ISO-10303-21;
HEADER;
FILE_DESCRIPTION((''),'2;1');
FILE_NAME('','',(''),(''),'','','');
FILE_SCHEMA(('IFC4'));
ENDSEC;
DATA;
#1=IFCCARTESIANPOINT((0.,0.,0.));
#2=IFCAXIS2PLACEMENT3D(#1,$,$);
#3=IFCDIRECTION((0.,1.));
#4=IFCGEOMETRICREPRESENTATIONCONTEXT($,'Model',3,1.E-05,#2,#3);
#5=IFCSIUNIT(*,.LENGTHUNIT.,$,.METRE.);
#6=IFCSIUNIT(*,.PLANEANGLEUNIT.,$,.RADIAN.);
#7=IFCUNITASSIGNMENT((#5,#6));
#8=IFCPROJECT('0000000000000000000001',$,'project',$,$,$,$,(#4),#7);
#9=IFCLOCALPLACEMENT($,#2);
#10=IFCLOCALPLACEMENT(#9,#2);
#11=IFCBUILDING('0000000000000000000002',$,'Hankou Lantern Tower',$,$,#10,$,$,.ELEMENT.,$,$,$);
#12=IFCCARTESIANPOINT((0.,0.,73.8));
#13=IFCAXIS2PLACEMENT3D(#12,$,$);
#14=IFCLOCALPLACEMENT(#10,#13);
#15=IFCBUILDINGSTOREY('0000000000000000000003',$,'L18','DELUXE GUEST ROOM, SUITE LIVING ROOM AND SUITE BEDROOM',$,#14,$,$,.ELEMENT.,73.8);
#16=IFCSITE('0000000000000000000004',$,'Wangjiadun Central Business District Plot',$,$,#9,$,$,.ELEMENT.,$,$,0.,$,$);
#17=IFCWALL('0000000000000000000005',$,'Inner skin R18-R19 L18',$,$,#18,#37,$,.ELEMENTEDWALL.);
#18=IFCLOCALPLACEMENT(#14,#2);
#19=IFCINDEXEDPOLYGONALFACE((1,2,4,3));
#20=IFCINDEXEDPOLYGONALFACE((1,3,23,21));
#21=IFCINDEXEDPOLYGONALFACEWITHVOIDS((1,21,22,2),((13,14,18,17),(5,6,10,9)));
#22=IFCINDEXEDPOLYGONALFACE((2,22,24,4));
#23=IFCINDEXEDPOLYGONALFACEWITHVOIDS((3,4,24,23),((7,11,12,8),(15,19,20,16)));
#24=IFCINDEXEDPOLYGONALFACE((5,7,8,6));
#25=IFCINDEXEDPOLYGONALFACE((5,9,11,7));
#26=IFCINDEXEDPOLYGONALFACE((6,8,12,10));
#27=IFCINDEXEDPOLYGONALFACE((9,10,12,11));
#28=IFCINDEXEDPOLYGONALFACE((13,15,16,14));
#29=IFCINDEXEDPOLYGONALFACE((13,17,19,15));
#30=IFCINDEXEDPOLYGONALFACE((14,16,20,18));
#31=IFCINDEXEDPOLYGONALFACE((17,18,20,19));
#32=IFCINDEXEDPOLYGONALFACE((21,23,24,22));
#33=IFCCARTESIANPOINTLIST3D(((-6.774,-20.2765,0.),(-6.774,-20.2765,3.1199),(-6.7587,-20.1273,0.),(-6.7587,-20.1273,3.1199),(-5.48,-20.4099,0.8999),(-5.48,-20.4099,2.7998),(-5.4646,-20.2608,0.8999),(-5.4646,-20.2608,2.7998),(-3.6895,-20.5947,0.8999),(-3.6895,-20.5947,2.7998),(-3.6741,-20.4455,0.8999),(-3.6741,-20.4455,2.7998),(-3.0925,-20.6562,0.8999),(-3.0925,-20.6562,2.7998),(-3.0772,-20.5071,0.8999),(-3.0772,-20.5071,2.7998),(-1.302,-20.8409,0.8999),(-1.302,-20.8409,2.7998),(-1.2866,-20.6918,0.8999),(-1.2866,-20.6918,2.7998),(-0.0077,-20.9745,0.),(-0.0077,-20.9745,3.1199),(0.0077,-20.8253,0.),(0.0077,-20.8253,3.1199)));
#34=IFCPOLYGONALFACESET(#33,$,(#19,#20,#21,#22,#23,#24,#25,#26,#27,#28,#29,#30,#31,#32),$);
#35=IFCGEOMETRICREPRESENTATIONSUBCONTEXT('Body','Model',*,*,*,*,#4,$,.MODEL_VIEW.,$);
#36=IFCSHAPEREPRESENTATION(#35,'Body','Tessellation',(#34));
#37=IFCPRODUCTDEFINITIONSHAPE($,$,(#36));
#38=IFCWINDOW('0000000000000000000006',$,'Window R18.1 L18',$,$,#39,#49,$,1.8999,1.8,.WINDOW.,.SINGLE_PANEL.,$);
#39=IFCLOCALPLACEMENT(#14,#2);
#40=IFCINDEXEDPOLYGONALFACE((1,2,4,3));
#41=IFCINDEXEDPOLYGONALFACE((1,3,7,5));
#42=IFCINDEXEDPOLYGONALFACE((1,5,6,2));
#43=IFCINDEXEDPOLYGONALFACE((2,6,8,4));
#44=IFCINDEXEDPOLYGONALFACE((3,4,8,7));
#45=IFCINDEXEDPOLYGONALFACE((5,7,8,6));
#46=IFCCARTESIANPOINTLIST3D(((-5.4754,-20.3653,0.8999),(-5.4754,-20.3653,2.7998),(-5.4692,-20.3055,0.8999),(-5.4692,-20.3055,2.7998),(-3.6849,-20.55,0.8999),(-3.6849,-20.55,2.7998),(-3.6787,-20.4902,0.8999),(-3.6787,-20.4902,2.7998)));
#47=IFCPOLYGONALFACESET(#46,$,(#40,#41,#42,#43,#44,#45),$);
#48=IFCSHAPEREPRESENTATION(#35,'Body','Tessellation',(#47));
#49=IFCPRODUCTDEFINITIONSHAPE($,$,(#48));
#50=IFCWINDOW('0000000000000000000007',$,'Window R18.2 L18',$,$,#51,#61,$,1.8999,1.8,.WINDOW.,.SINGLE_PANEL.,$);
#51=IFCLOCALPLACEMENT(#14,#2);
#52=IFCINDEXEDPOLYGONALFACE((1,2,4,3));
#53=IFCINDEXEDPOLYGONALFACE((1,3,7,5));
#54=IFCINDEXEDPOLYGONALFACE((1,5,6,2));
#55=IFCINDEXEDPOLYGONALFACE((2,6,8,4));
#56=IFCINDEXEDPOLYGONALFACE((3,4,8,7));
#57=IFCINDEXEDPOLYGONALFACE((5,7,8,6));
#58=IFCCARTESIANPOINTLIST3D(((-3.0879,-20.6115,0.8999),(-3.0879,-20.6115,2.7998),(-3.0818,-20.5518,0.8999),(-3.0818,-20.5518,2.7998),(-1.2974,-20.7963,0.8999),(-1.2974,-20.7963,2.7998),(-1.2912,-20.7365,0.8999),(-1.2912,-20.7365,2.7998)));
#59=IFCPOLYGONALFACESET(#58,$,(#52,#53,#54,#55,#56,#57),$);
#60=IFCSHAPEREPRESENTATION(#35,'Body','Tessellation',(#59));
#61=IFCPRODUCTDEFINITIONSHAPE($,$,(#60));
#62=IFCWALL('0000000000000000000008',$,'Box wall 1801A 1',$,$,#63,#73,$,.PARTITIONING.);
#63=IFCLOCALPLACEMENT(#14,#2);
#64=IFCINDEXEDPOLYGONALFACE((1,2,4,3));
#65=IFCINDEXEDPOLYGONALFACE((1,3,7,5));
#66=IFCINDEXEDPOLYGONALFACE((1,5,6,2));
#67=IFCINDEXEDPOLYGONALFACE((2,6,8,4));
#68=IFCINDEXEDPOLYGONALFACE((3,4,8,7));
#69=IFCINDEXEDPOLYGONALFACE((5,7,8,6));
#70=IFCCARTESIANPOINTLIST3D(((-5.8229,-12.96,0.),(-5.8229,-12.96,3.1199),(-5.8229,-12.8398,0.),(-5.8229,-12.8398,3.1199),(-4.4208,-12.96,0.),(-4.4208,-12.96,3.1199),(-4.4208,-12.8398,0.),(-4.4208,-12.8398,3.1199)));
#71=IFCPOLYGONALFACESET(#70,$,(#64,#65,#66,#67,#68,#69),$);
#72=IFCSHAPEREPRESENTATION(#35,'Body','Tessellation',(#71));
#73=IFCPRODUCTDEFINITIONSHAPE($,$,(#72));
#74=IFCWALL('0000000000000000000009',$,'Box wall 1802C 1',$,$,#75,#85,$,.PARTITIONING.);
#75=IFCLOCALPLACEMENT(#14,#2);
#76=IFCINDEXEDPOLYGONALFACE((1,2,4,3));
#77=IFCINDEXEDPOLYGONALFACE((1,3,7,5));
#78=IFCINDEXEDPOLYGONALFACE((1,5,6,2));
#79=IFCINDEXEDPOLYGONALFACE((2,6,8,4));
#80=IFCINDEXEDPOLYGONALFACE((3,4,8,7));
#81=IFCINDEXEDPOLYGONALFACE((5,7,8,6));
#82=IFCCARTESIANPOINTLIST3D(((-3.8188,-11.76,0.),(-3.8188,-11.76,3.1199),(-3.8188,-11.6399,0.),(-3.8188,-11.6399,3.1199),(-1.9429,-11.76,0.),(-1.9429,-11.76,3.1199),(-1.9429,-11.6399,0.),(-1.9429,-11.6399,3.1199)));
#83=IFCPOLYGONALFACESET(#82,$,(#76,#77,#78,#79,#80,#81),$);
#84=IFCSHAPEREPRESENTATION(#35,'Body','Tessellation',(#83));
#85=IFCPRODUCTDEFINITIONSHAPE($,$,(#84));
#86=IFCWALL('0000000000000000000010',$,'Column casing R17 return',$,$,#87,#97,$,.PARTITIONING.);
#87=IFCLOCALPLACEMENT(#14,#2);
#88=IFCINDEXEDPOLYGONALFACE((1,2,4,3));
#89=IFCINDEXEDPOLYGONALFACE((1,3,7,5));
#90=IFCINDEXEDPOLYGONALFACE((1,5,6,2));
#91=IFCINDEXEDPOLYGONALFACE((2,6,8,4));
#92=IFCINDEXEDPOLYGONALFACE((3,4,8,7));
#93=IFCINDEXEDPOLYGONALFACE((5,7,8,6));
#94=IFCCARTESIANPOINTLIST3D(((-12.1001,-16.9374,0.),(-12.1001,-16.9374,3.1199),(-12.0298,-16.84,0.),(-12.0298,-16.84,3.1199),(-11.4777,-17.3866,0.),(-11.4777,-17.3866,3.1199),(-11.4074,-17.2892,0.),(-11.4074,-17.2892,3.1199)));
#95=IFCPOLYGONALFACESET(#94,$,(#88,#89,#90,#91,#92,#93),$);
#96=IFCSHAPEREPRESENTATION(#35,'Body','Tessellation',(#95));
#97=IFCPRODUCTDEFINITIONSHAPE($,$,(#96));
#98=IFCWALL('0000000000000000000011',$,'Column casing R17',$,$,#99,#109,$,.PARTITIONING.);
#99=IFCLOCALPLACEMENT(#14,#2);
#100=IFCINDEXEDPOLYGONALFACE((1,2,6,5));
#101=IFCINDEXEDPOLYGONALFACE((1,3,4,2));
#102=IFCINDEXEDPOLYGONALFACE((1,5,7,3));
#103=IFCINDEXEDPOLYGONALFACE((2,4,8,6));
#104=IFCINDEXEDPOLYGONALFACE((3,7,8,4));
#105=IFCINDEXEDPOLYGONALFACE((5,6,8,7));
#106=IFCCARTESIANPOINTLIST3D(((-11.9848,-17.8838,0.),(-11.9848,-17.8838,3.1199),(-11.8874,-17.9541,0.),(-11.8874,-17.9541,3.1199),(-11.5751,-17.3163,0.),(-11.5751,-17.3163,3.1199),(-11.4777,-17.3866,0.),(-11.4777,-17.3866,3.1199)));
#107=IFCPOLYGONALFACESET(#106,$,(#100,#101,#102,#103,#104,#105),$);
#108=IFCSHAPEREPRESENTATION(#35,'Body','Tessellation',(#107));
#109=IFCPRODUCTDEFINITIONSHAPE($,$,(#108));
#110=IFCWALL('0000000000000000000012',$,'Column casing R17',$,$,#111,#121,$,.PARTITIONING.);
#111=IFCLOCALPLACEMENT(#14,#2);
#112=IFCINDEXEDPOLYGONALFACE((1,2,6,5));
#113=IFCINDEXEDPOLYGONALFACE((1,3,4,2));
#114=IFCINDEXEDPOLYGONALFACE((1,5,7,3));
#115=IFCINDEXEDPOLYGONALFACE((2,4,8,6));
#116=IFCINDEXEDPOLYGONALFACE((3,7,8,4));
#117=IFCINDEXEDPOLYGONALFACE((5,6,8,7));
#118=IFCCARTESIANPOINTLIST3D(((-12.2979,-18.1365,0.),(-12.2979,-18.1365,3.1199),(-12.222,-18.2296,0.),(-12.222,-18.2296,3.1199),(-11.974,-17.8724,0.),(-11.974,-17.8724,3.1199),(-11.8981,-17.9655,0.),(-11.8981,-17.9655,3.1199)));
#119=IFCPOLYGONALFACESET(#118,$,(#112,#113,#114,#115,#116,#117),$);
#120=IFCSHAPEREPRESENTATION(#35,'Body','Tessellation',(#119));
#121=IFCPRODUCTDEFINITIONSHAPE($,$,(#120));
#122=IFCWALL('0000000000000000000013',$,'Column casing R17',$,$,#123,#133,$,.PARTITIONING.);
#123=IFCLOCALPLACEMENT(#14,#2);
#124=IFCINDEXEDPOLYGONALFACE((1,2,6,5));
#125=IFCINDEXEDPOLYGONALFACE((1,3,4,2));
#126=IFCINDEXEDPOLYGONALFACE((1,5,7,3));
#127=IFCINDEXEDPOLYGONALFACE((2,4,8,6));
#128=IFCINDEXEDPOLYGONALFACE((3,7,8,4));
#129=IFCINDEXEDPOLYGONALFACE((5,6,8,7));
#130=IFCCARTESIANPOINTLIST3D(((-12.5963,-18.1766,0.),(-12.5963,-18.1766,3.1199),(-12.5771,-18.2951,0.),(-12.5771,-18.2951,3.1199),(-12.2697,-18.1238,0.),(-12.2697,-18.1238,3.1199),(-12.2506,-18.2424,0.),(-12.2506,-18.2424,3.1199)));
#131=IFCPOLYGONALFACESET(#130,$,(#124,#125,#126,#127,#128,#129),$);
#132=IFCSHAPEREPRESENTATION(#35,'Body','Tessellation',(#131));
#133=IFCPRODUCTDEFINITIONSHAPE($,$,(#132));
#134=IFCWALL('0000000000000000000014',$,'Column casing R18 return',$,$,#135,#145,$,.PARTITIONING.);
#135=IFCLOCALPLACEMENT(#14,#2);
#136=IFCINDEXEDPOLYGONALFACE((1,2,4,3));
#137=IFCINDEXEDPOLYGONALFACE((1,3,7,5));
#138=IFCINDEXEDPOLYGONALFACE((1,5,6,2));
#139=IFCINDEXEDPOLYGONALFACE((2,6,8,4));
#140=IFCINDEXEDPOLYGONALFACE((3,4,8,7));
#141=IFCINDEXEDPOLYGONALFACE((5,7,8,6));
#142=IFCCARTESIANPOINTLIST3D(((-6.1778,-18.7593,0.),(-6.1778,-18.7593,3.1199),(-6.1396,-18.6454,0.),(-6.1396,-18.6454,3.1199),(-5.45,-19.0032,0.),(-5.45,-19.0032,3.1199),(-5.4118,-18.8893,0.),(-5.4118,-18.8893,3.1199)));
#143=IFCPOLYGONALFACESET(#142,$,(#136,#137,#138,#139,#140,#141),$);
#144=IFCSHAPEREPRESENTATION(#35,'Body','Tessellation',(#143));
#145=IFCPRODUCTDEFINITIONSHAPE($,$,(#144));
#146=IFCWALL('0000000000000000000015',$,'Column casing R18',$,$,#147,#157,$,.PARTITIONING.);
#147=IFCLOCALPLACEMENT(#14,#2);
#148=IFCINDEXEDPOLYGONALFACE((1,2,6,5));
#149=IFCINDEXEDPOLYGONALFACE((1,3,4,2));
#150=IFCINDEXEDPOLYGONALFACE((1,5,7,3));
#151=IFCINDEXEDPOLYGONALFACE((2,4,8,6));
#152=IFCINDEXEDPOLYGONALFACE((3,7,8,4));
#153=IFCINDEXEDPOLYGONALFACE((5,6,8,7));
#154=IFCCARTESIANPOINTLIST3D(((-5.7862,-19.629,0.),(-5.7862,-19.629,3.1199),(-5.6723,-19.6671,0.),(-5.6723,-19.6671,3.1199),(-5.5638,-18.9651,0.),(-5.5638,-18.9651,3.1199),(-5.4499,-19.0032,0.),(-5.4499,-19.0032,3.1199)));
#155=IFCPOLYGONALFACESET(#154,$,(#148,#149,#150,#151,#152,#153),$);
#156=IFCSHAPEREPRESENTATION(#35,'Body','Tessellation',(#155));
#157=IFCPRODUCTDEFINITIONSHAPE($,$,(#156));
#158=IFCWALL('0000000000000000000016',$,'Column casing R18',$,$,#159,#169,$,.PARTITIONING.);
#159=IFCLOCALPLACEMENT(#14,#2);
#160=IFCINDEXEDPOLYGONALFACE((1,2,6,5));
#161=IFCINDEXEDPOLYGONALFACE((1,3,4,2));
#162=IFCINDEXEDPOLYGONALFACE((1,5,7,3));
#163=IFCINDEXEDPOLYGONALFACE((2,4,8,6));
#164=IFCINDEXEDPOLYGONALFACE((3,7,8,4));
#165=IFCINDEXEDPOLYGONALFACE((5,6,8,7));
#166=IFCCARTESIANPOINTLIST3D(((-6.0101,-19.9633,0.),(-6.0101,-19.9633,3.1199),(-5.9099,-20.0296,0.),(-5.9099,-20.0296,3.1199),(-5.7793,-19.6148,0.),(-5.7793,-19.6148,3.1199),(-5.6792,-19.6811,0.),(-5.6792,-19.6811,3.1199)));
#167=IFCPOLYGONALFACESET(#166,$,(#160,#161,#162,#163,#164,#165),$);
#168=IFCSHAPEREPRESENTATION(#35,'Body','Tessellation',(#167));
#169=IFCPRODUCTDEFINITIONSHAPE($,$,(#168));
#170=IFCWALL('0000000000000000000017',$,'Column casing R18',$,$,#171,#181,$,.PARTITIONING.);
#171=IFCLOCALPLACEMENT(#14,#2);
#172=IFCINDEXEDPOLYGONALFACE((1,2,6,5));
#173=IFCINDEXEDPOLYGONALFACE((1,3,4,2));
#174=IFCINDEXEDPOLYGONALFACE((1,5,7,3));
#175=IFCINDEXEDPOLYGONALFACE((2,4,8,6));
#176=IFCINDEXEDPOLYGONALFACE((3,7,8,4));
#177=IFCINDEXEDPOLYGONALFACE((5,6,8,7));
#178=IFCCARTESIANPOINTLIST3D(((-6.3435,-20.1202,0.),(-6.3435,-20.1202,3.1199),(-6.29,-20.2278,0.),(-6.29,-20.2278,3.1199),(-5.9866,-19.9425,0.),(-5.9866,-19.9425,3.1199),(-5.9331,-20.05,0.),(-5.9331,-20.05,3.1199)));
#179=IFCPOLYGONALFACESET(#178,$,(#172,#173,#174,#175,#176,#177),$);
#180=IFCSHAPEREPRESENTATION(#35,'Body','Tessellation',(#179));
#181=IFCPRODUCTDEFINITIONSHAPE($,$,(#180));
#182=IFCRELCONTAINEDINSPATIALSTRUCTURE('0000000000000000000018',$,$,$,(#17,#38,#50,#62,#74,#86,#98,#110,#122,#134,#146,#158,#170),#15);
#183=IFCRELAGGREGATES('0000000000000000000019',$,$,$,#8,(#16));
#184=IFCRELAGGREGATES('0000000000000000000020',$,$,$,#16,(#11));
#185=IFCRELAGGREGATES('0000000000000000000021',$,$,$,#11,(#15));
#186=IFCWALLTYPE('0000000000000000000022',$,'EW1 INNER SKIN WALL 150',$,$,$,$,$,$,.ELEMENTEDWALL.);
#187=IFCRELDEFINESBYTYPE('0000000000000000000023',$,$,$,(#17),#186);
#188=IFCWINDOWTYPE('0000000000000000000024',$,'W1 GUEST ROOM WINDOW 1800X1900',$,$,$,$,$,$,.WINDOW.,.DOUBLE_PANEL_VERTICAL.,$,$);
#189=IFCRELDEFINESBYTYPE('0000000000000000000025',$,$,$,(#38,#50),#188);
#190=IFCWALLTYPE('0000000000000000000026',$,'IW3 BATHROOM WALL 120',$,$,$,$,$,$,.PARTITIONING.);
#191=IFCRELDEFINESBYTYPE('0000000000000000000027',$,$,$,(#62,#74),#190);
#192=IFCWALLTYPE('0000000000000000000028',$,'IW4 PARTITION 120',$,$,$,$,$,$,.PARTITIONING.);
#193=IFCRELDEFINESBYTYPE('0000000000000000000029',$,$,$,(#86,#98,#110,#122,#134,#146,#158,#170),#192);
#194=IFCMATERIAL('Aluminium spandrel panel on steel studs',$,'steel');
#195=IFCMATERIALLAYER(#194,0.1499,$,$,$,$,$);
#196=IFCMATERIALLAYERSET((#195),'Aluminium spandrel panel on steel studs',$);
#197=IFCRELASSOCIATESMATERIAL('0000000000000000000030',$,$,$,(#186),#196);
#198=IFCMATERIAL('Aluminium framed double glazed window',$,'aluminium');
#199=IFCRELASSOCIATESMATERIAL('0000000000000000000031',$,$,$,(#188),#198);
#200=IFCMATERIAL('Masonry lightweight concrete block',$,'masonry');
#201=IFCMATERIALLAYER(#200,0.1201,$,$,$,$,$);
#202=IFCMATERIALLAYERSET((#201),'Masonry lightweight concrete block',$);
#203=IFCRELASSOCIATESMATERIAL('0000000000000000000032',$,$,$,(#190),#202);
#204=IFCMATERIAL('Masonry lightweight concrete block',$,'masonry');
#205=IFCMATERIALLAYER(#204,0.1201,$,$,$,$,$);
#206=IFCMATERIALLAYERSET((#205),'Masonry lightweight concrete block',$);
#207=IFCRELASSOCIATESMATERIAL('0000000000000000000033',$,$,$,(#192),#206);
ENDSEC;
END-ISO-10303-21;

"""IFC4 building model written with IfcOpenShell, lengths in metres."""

from ifc_helpers import new_model, si_unit, direction, frame, frame_2d, origin, place, context, subcontext, project, spatial, rectangle, extrude, material, layer, layer_set, type_object, element, fill, save


model = new_model("IFC4")

# Units and contexts
model_context = context("Model", 3, precision=1e-05, world=origin(), true_north=direction((0.0, 1.0)))
body_context = subcontext(model_context, "Body", "Model", "MODEL_VIEW")
ifc_project = project(units=[si_unit("LENGTHUNIT", "METRE"), si_unit("PLANEANGLEUNIT", "RADIAN")], contexts=[model_context])

# Site, building, storey
site_placement = place(None, origin())
site = spatial("IfcSite", under=ifc_project, at=site_placement, Name="Wangjiadun Central Business District Plot", CompositionType="ELEMENT", RefElevation=0.0)
building_placement = place(site_placement, origin())
building = spatial("IfcBuilding", under=site, at=building_placement, Name="Hankou Lantern Tower", CompositionType="ELEMENT")
storey_placement = place(building_placement, frame((0.0, 0.0, 73.8)))
storey = spatial("IfcBuildingStorey", under=building, at=storey_placement, Name="L18", Description="DELUXE GUEST ROOM, SUITE LIVING ROOM AND SUITE BEDROOM", CompositionType="ELEMENT", Elevation=73.8)

# Wall, openings, windows
ifc_material_1 = material(Name="Aluminium spandrel panel on steel studs", Category="steel")
ifc_layer_1 = layer(ifc_material_1, 0.1499)
ifc_layer_set_1 = layer_set([ifc_layer_1], Name="Aluminium spandrel panel on steel studs")
wall_type_1 = type_object("IfcWallType", Name="EW1 INNER SKIN WALL 150", PredefinedType="ELEMENTEDWALL", material=ifc_layer_set_1)
ifc_material_2 = material(Name="Aluminium framed double glazed window", Category="aluminium")
window_type = type_object("IfcWindowType", Name="W1 GUEST ROOM WINDOW 1800X1900", PartitioningType="DOUBLE_PANEL_VERTICAL", PredefinedType="WINDOW", material=ifc_material_2)
wall_1_placement = place(storey_placement, frame((-6.7664, -20.2019, 0.0), z_axis=(0.0, 0.0, 1.0), x_axis=(0.994721, -0.102613, 0.0)))
wall_1 = element("IfcWall", 1, at=wall_1_placement, inside=storey, type_object=wall_type_1, Name="Inner skin R18-R19 L18", PredefinedType="ELEMENTEDWALL", context=body_context, shape_type="SweptSolid", body=[
    extrude(rectangle(XDim=6.8022, YDim=0.1499, at=frame_2d((3.4011, 0.0))), origin(), (0.0, 0.0, 1.0), 3.1199),
])
opening_1_placement = place(wall_1_placement, frame((1.301, 0.0, 0.8999)))
opening_1 = element("IfcOpeningElement", 2, at=opening_1_placement, cuts=wall_1, PredefinedType="OPENING", context=body_context, shape_type="SweptSolid", body=[
    extrude(rectangle(XDim=1.8, YDim=1.8999, at=frame_2d((0.8999, 0.95))), frame((0.0, 0.085, 0.0), z_axis=(0.0, -1.0, 0.0), x_axis=(1.0, 0.0, 0.0)), (0.0, 0.0, 1.0), 0.1699),
])
opening_2_placement = place(wall_1_placement, frame((3.7012, 0.0, 0.8999)))
opening_2 = element("IfcOpeningElement", 3, at=opening_2_placement, cuts=wall_1, PredefinedType="OPENING", context=body_context, shape_type="SweptSolid", body=[
    extrude(rectangle(XDim=1.8, YDim=1.8999, at=frame_2d((0.8999, 0.95))), frame((0.0, 0.085, 0.0), z_axis=(0.0, -1.0, 0.0), x_axis=(1.0, 0.0, 0.0)), (0.0, 0.0, 1.0), 0.1699),
])
window_1_placement = place(opening_1_placement, origin())
window_1 = element("IfcWindow", 4, at=window_1_placement, inside=storey, type_object=window_type, Name="Window R18.1 L18", OverallHeight=1.8999, OverallWidth=1.8, PartitioningType="SINGLE_PANEL", PredefinedType="WINDOW", context=body_context, shape_type="SweptSolid", body=[
    extrude(rectangle(XDim=1.8, YDim=1.8999, at=frame_2d((0.8999, 0.95))), frame((0.0, 0.03, 0.0), z_axis=(0.0, -1.0, 0.0), x_axis=(1.0, 0.0, 0.0)), (0.0, 0.0, 1.0), 0.0601),
])
fill(opening_1, window_1)
window_2_placement = place(opening_2_placement, origin())
window_2 = element("IfcWindow", 5, at=window_2_placement, inside=storey, type_object=window_type, Name="Window R18.2 L18", OverallHeight=1.8999, OverallWidth=1.8, PartitioningType="SINGLE_PANEL", PredefinedType="WINDOW", context=body_context, shape_type="SweptSolid", body=[
    extrude(rectangle(XDim=1.8, YDim=1.8999, at=frame_2d((0.8999, 0.95))), frame((0.0, 0.03, 0.0), z_axis=(0.0, -1.0, 0.0), x_axis=(1.0, 0.0, 0.0)), (0.0, 0.0, 1.0), 0.0601),
])
fill(opening_2, window_2)

# Walls
ifc_material_3 = material(Name="Masonry lightweight concrete block", Category="masonry")
ifc_layer_2 = layer(ifc_material_3, 0.1201)
ifc_layer_set_2 = layer_set([ifc_layer_2], Name="Masonry lightweight concrete block")
wall_type_2 = type_object("IfcWallType", Name="IW3 BATHROOM WALL 120", PredefinedType="PARTITIONING", material=ifc_layer_set_2)
wall_2_placement = place(storey_placement, frame((-4.4207, -12.8999, 0.0), z_axis=(0.0, 0.0, 1.0), x_axis=(-1.0, 0.0, 0.0)))
element("IfcWall", 6, at=wall_2_placement, inside=storey, type_object=wall_type_2, Name="Box wall 1801A 1", PredefinedType="PARTITIONING", context=body_context, shape_type="SweptSolid", body=[
    extrude(rectangle(XDim=1.4021, YDim=0.1201, at=frame_2d((0.7012, 0.0))), origin(), (0.0, 0.0, 1.0), 3.1199),
])
wall_3_placement = place(storey_placement, frame((-3.8188, -11.7, 0.0), z_axis=(0.0, 0.0, 1.0), x_axis=(1.0, 0.0, 0.0)))
element("IfcWall", 7, at=wall_3_placement, inside=storey, type_object=wall_type_2, Name="Box wall 1802C 1", PredefinedType="PARTITIONING", context=body_context, shape_type="SweptSolid", body=[
    extrude(rectangle(XDim=1.876, YDim=0.1201, at=frame_2d((0.938, 0.0))), origin(), (0.0, 0.0, 1.0), 3.1199),
])
ifc_material_4 = material(Name="Masonry lightweight concrete block", Category="masonry")
ifc_layer_3 = layer(ifc_material_4, 0.1201)
ifc_layer_set_3 = layer_set([ifc_layer_3], Name="Masonry lightweight concrete block")
wall_type_3 = type_object("IfcWallType", Name="IW4 PARTITION 120", PredefinedType="PARTITIONING", material=ifc_layer_set_3)
wall_4_placement = place(storey_placement, frame((-12.0649, -16.8887, 0.0), z_axis=(0.0, 0.0, 1.0), x_axis=(0.810822, -0.585293, 0.0)))
element("IfcWall", 8, at=wall_4_placement, inside=storey, type_object=wall_type_3, Name="Column casing R17 return", PredefinedType="PARTITIONING", context=body_context, shape_type="SweptSolid", body=[
    extrude(rectangle(XDim=0.7676, YDim=0.1201, at=frame_2d((0.3838, 0.0))), origin(), (0.0, 0.0, 1.0), 3.1199),
])
wall_5_placement = place(storey_placement, frame((-11.5264, -17.3513, 0.0), z_axis=(0.0, 0.0, 1.0), x_axis=(-0.585223, -0.810872, 0.0)))
element("IfcWall", 9, at=wall_5_placement, inside=storey, type_object=wall_type_3, Name="Column casing R17", PredefinedType="PARTITIONING", context=body_context, shape_type="SweptSolid", body=[
    extrude(rectangle(XDim=0.7, YDim=0.1201, at=frame_2d((0.3501, 0.0))), origin(), (0.0, 0.0, 1.0), 3.1199),
])
wall_6_placement = place(storey_placement, frame((-11.936, -17.9189, 0.0), z_axis=(0.0, 0.0, 1.0), x_axis=(-0.775023, -0.631933, 0.0)))
element("IfcWall", 10, at=wall_6_placement, inside=storey, type_object=wall_type_3, Name="Column casing R17", PredefinedType="PARTITIONING", context=body_context, shape_type="SweptSolid", body=[
    extrude(rectangle(XDim=0.418, YDim=0.1201, at=frame_2d((0.209, 0.0))), origin(), (0.0, 0.0, 1.0), 3.1199),
])
wall_7_placement = place(storey_placement, frame((-12.26, -18.1831, 0.0), z_axis=(0.0, 0.0, 1.0), x_axis=(-0.987219, -0.159372, 0.0)))
element("IfcWall", 11, at=wall_7_placement, inside=storey, type_object=wall_type_3, Name="Column casing R17", PredefinedType="PARTITIONING", context=body_context, shape_type="SweptSolid", body=[
    extrude(rectangle(XDim=0.3308, YDim=0.1201, at=frame_2d((0.1655, 0.0))), origin(), (0.0, 0.0, 1.0), 3.1199),
])
wall_8_placement = place(storey_placement, frame((-6.1587, -18.7024, 0.0), z_axis=(0.0, 0.0, 1.0), x_axis=(0.948173, -0.317754, 0.0)))
element("IfcWall", 12, at=wall_8_placement, inside=storey, type_object=wall_type_3, Name="Column casing R18 return", PredefinedType="PARTITIONING", context=body_context, shape_type="SweptSolid", body=[
    extrude(rectangle(XDim=0.7676, YDim=0.1201, at=frame_2d((0.3838, 0.0))), origin(), (0.0, 0.0, 1.0), 3.1199),
])
wall_9_placement = place(storey_placement, frame((-5.5068, -18.9841, 0.0), z_axis=(0.0, 0.0, 1.0), x_axis=(-0.317692, -0.948194, 0.0)))
element("IfcWall", 13, at=wall_9_placement, inside=storey, type_object=wall_type_3, Name="Column casing R18", PredefinedType="PARTITIONING", context=body_context, shape_type="SweptSolid", body=[
    extrude(rectangle(XDim=0.7002, YDim=0.1201, at=frame_2d((0.3501, 0.0))), origin(), (0.0, 0.0, 1.0), 3.1199),
])
wall_10_placement = place(storey_placement, frame((-5.7292, -19.6479, 0.0), z_axis=(0.0, 0.0, 1.0), x_axis=(-0.552136, -0.833754, 0.0)))
element("IfcWall", 14, at=wall_10_placement, inside=storey, type_object=wall_type_3, Name="Column casing R18", PredefinedType="PARTITIONING", context=body_context, shape_type="SweptSolid", body=[
    extrude(rectangle(XDim=0.418, YDim=0.1201, at=frame_2d((0.209, 0.0))), origin(), (0.0, 0.0, 1.0), 3.1199),
])
wall_11_placement = place(storey_placement, frame((-5.96, -19.9963, 0.0), z_axis=(0.0, 0.0, 1.0), x_axis=(-0.895161, -0.445744, 0.0)))
element("IfcWall", 15, at=wall_11_placement, inside=storey, type_object=wall_type_3, Name="Column casing R18", PredefinedType="PARTITIONING", context=body_context, shape_type="SweptSolid", body=[
    extrude(rectangle(XDim=0.3987, YDim=0.1201, at=frame_2d((0.1992, 0.0))), origin(), (0.0, 0.0, 1.0), 3.1199),
])

save(model, "model.ifc")
